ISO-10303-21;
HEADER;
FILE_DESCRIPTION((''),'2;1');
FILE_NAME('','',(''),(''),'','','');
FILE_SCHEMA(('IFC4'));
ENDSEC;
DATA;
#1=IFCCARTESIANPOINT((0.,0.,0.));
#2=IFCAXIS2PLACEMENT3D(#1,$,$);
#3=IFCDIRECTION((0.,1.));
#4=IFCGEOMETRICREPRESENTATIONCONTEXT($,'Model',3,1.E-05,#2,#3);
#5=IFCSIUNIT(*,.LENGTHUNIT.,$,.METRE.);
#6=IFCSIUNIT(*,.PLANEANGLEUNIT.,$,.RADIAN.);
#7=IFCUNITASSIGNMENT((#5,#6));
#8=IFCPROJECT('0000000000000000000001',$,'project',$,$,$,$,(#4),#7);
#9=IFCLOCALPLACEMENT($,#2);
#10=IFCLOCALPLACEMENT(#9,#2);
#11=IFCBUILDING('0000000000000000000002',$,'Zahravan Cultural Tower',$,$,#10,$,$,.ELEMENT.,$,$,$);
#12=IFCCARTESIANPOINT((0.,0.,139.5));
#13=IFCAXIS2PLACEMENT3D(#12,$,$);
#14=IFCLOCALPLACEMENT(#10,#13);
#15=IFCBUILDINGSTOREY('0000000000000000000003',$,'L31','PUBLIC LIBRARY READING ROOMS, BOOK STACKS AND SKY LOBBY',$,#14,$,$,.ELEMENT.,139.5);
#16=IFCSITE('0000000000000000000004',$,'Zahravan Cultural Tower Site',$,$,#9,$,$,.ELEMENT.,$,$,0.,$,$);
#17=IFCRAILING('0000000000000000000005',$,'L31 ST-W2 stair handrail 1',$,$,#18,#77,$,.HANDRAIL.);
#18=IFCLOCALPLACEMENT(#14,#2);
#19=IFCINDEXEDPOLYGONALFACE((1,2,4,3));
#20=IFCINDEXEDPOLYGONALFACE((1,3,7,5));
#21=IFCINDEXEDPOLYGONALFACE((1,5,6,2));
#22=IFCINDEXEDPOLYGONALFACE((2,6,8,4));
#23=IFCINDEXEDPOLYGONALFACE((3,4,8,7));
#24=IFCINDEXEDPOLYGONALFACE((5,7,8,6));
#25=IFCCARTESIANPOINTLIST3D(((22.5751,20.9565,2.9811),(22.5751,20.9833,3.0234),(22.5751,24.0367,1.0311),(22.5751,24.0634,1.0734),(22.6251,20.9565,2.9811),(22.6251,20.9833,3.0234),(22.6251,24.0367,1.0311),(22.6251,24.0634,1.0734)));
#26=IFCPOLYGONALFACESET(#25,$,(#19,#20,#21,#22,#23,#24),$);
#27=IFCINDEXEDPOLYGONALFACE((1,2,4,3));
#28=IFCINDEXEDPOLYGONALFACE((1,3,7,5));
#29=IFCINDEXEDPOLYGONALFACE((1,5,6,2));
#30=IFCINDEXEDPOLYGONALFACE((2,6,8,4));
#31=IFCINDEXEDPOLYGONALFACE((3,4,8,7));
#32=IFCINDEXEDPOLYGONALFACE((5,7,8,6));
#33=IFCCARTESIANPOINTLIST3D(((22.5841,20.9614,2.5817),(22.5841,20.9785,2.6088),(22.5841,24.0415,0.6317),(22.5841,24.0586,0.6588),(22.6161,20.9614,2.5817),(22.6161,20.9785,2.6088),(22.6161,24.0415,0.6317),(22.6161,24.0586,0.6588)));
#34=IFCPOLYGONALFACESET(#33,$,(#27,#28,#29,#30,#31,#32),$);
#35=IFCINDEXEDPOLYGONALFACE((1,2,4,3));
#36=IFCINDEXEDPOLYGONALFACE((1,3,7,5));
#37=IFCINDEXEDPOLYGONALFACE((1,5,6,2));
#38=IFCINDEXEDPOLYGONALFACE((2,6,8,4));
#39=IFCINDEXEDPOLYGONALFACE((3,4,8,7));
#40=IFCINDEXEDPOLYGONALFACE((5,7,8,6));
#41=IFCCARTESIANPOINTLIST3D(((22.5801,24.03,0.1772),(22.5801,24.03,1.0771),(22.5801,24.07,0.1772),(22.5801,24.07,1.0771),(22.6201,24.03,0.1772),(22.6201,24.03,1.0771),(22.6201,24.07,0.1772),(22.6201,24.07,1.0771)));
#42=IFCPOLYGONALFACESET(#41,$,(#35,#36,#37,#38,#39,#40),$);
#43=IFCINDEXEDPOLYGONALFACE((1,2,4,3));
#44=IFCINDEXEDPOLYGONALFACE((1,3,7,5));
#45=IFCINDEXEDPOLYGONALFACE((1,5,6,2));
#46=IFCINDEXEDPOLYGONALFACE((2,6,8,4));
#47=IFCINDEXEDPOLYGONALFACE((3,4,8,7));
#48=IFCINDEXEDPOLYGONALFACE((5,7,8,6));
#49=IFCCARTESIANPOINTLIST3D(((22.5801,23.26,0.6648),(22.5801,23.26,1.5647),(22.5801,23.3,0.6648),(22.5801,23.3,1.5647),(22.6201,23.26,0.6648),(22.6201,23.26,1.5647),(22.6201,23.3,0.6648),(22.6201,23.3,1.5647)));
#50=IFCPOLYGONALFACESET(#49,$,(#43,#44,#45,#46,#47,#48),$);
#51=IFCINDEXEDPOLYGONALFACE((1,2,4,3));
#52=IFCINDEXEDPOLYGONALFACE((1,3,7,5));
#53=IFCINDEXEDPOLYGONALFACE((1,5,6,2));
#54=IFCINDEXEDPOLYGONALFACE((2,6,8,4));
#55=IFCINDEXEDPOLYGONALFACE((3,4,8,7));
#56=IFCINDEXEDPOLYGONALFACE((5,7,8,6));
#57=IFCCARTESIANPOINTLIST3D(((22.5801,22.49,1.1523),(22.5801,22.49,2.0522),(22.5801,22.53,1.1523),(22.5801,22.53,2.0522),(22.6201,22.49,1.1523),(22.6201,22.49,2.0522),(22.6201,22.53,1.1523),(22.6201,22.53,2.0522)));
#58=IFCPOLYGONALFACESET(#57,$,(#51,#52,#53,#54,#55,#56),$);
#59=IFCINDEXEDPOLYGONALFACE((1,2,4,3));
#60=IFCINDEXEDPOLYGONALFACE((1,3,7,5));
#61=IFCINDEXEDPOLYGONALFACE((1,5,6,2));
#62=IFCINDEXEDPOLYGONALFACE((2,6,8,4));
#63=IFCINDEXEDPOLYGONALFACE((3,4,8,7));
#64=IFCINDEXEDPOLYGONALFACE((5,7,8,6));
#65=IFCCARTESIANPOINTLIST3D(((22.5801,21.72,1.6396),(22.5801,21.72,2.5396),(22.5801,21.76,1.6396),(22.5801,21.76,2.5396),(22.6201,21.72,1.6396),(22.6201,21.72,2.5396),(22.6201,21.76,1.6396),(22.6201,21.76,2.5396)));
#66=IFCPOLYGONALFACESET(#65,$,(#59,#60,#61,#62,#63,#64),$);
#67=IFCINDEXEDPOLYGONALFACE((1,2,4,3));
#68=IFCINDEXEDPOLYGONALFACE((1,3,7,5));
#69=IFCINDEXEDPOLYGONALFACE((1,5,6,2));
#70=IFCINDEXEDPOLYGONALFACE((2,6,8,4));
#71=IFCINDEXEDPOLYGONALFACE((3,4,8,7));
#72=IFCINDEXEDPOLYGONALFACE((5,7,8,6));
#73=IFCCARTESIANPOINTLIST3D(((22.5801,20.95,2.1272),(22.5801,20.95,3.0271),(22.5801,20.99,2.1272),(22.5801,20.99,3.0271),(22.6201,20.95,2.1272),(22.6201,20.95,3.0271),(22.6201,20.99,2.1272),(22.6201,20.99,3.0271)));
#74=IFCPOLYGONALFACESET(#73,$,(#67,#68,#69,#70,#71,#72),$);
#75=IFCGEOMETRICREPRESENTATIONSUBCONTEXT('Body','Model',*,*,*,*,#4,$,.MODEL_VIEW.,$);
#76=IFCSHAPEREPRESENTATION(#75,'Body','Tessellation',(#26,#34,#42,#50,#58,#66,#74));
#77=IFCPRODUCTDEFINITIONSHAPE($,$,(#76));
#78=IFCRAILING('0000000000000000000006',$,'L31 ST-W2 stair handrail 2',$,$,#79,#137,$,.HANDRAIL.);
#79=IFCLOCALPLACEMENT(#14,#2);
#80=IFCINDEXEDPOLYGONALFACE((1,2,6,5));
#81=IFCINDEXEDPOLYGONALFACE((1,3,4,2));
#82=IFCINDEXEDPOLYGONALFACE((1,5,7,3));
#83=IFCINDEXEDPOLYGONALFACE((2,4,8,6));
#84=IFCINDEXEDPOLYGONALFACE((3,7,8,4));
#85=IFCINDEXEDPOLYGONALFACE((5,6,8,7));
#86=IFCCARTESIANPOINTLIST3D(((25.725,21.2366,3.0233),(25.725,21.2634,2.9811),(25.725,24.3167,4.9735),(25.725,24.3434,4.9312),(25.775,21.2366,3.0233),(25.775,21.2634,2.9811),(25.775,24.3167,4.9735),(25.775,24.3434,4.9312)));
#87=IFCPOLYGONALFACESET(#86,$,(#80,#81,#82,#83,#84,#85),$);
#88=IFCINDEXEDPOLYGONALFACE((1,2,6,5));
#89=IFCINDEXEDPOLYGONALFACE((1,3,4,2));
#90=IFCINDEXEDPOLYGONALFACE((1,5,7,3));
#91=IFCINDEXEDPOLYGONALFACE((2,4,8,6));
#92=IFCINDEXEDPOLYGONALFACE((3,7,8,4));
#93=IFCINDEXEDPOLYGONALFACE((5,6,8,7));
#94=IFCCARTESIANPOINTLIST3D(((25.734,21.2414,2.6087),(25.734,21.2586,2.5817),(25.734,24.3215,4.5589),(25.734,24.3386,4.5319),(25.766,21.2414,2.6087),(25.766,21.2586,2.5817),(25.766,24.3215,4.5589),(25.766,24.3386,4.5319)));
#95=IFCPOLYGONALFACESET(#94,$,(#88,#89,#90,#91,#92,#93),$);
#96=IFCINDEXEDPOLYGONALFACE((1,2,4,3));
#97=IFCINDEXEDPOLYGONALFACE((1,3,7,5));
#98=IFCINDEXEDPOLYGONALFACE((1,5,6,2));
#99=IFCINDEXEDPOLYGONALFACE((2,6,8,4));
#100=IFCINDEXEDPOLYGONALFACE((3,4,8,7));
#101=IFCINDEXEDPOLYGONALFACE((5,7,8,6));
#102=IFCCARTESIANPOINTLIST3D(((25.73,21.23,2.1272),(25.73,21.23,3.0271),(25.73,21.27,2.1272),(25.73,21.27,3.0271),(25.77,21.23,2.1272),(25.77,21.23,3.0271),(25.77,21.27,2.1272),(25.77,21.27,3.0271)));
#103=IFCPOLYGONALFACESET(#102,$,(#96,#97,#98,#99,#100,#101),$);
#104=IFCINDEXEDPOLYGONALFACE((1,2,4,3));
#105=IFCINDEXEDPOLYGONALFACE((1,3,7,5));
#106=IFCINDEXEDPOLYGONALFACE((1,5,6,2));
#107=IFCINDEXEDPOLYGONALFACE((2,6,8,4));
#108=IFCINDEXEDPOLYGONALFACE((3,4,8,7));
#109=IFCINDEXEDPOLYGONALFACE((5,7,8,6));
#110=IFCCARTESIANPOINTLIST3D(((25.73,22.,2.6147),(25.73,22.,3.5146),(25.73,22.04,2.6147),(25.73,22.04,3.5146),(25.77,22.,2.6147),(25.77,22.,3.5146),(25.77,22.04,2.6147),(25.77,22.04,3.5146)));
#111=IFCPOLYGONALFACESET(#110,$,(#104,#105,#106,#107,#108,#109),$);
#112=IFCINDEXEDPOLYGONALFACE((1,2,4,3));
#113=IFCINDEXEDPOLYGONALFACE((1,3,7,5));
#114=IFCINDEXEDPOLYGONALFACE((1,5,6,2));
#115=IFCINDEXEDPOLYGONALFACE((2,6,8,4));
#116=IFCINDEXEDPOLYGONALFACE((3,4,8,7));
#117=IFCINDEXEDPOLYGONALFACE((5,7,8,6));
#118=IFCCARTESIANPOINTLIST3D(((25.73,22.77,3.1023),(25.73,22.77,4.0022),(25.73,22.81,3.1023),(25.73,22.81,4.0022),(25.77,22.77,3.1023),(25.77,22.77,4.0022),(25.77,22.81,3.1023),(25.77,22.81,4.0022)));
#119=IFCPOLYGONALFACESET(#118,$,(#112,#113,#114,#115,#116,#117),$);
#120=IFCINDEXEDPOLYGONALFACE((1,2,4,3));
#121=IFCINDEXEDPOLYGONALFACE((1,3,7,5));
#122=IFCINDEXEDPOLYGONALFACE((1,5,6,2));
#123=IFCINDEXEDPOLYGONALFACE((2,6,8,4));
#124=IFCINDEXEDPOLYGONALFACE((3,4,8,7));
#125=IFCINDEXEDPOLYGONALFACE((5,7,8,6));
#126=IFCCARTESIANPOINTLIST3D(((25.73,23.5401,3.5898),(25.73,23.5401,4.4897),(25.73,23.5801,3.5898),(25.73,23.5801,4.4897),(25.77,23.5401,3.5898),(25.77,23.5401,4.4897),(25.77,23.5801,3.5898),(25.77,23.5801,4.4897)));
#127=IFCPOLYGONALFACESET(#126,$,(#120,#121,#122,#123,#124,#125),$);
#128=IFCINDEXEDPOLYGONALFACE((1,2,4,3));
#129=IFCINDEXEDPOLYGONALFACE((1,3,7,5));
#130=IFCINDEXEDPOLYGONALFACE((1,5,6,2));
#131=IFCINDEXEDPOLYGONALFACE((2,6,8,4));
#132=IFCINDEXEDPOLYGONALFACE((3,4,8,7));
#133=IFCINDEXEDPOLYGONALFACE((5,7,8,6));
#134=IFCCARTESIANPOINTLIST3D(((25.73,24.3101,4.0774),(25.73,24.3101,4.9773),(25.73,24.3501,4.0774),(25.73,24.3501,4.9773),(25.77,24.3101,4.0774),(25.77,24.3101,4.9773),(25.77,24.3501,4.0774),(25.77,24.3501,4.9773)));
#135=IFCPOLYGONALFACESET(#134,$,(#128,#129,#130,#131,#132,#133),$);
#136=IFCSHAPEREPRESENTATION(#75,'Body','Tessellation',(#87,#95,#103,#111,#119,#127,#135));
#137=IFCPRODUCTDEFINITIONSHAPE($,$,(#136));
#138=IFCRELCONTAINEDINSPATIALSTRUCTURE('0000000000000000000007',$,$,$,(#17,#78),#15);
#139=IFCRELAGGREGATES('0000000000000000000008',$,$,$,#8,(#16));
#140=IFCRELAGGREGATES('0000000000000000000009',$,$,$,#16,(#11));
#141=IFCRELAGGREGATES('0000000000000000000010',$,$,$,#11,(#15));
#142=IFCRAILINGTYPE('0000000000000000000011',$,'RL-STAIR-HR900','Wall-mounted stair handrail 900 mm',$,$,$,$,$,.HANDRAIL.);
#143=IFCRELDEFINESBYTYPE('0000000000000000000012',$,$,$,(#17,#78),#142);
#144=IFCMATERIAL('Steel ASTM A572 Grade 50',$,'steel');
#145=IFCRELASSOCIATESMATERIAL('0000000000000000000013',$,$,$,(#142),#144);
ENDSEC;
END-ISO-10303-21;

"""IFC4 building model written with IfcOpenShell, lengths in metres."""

from ifc_helpers import new_model, si_unit, direction, frame, origin, origin_2d, place, context, subcontext, project, spatial, rectangle, extrude, material, type_object, element, save


model = new_model("IFC4")

# Units and contexts
model_context = context("Model", 3, precision=1e-05, world=origin(), true_north=direction((0.0, 1.0)))
body_context = subcontext(model_context, "Body", "Model", "MODEL_VIEW")
ifc_project = project(units=[si_unit("LENGTHUNIT", "METRE"), si_unit("PLANEANGLEUNIT", "RADIAN")], contexts=[model_context])

# Site, building, storey
site_placement = place(None, origin())
site = spatial("IfcSite", under=ifc_project, at=site_placement, Name="Zahravan Cultural Tower Site", CompositionType="ELEMENT", RefElevation=0.0)
building_placement = place(site_placement, origin())
building = spatial("IfcBuilding", under=site, at=building_placement, Name="Zahravan Cultural Tower", CompositionType="ELEMENT")
storey_placement = place(building_placement, frame((0.0, 0.0, 139.5)))
storey = spatial("IfcBuildingStorey", under=building, at=storey_placement, Name="L31", Description="PUBLIC LIBRARY READING ROOMS, BOOK STACKS AND SKY LOBBY", CompositionType="ELEMENT", Elevation=139.5)

# Shared definitions
ifc_material_1 = material(Name="Steel ASTM A572 Grade 50", Category="steel")

# Railings
railing_type_1 = type_object("IfcRailingType", Name="RL-STAIR-HR900", Description="Wall-mounted stair handrail 900 mm", PredefinedType="HANDRAIL", material=ifc_material_1)
railing_1_placement = place(storey_placement, frame((22.6001, 24.05, 0.1772)))
element("IfcRailing", 1, at=railing_1_placement, inside=storey, type_object=railing_type_1, Name="L31 ST-W2 stair handrail 1", PredefinedType="HANDRAIL", context=body_context, shape_type="SweptSolid", body=[
    extrude(rectangle(XDim=0.05, YDim=0.05, at=origin_2d()), frame((0.0, 0.0, 0.875), z_axis=(0.0, -0.844914, 0.534902), x_axis=(1.0, 0.0, 0.0)), (0.0, 0.0, 1.0), 3.6455),
    extrude(rectangle(XDim=0.032, YDim=0.032, at=origin_2d()), frame((0.0, 0.0, 0.468), z_axis=(0.0, -0.844914, 0.534902), x_axis=(1.0, 0.0, 0.0)), (0.0, 0.0, 1.0), 3.6455),
    extrude(rectangle(XDim=0.04, YDim=0.04, at=origin_2d()), origin(), (0.0, 0.0, 1.0), 0.8999),
    extrude(rectangle(XDim=0.04, YDim=0.04, at=origin_2d()), frame((0.0, -0.77, 0.4875)), (0.0, 0.0, 1.0), 0.8999),
    extrude(rectangle(XDim=0.04, YDim=0.04, at=origin_2d()), frame((0.0, -1.54, 0.9751)), (0.0, 0.0, 1.0), 0.8999),
    extrude(rectangle(XDim=0.04, YDim=0.04, at=origin_2d()), frame((0.0, -2.3101, 1.4624)), (0.0, 0.0, 1.0), 0.8999),
    extrude(rectangle(XDim=0.04, YDim=0.04, at=origin_2d()), frame((0.0, -3.0801, 1.95)), (0.0, 0.0, 1.0), 0.8999),
])
railing_2_placement = place(storey_placement, frame((25.75, 21.25, 2.1272)))
element("IfcRailing", 2, at=railing_2_placement, inside=storey, type_object=railing_type_1, Name="L31 ST-W2 stair handrail 2", PredefinedType="HANDRAIL", context=body_context, shape_type="SweptSolid", body=[
    extrude(rectangle(XDim=0.05, YDim=0.05, at=origin_2d()), frame((0.0, 0.0, 0.875), z_axis=(0.0, 0.844884, 0.53495), x_axis=(-1.0, 0.0, 0.0)), (0.0, 0.0, 1.0), 3.6455),
    extrude(rectangle(XDim=0.032, YDim=0.032, at=origin_2d()), frame((0.0, 0.0, 0.468), z_axis=(0.0, 0.844884, 0.53495), x_axis=(-1.0, 0.0, 0.0)), (0.0, 0.0, 1.0), 3.6455),
    extrude(rectangle(XDim=0.04, YDim=0.04, at=origin_2d()), origin(), (0.0, 0.0, 1.0), 0.8999),
    extrude(rectangle(XDim=0.04, YDim=0.04, at=origin_2d()), frame((0.0, 0.77, 0.4875)), (0.0, 0.0, 1.0), 0.8999),
    extrude(rectangle(XDim=0.04, YDim=0.04, at=origin_2d()), frame((0.0, 1.54, 0.9751)), (0.0, 0.0, 1.0), 0.8999),
    extrude(rectangle(XDim=0.04, YDim=0.04, at=origin_2d()), frame((0.0, 2.3101, 1.4626)), (0.0, 0.0, 1.0), 0.8999),
    extrude(rectangle(XDim=0.04, YDim=0.04, at=origin_2d()), frame((0.0, 3.0801, 1.9502)), (0.0, 0.0, 1.0), 0.8999),
])

save(model, "model.ifc")
